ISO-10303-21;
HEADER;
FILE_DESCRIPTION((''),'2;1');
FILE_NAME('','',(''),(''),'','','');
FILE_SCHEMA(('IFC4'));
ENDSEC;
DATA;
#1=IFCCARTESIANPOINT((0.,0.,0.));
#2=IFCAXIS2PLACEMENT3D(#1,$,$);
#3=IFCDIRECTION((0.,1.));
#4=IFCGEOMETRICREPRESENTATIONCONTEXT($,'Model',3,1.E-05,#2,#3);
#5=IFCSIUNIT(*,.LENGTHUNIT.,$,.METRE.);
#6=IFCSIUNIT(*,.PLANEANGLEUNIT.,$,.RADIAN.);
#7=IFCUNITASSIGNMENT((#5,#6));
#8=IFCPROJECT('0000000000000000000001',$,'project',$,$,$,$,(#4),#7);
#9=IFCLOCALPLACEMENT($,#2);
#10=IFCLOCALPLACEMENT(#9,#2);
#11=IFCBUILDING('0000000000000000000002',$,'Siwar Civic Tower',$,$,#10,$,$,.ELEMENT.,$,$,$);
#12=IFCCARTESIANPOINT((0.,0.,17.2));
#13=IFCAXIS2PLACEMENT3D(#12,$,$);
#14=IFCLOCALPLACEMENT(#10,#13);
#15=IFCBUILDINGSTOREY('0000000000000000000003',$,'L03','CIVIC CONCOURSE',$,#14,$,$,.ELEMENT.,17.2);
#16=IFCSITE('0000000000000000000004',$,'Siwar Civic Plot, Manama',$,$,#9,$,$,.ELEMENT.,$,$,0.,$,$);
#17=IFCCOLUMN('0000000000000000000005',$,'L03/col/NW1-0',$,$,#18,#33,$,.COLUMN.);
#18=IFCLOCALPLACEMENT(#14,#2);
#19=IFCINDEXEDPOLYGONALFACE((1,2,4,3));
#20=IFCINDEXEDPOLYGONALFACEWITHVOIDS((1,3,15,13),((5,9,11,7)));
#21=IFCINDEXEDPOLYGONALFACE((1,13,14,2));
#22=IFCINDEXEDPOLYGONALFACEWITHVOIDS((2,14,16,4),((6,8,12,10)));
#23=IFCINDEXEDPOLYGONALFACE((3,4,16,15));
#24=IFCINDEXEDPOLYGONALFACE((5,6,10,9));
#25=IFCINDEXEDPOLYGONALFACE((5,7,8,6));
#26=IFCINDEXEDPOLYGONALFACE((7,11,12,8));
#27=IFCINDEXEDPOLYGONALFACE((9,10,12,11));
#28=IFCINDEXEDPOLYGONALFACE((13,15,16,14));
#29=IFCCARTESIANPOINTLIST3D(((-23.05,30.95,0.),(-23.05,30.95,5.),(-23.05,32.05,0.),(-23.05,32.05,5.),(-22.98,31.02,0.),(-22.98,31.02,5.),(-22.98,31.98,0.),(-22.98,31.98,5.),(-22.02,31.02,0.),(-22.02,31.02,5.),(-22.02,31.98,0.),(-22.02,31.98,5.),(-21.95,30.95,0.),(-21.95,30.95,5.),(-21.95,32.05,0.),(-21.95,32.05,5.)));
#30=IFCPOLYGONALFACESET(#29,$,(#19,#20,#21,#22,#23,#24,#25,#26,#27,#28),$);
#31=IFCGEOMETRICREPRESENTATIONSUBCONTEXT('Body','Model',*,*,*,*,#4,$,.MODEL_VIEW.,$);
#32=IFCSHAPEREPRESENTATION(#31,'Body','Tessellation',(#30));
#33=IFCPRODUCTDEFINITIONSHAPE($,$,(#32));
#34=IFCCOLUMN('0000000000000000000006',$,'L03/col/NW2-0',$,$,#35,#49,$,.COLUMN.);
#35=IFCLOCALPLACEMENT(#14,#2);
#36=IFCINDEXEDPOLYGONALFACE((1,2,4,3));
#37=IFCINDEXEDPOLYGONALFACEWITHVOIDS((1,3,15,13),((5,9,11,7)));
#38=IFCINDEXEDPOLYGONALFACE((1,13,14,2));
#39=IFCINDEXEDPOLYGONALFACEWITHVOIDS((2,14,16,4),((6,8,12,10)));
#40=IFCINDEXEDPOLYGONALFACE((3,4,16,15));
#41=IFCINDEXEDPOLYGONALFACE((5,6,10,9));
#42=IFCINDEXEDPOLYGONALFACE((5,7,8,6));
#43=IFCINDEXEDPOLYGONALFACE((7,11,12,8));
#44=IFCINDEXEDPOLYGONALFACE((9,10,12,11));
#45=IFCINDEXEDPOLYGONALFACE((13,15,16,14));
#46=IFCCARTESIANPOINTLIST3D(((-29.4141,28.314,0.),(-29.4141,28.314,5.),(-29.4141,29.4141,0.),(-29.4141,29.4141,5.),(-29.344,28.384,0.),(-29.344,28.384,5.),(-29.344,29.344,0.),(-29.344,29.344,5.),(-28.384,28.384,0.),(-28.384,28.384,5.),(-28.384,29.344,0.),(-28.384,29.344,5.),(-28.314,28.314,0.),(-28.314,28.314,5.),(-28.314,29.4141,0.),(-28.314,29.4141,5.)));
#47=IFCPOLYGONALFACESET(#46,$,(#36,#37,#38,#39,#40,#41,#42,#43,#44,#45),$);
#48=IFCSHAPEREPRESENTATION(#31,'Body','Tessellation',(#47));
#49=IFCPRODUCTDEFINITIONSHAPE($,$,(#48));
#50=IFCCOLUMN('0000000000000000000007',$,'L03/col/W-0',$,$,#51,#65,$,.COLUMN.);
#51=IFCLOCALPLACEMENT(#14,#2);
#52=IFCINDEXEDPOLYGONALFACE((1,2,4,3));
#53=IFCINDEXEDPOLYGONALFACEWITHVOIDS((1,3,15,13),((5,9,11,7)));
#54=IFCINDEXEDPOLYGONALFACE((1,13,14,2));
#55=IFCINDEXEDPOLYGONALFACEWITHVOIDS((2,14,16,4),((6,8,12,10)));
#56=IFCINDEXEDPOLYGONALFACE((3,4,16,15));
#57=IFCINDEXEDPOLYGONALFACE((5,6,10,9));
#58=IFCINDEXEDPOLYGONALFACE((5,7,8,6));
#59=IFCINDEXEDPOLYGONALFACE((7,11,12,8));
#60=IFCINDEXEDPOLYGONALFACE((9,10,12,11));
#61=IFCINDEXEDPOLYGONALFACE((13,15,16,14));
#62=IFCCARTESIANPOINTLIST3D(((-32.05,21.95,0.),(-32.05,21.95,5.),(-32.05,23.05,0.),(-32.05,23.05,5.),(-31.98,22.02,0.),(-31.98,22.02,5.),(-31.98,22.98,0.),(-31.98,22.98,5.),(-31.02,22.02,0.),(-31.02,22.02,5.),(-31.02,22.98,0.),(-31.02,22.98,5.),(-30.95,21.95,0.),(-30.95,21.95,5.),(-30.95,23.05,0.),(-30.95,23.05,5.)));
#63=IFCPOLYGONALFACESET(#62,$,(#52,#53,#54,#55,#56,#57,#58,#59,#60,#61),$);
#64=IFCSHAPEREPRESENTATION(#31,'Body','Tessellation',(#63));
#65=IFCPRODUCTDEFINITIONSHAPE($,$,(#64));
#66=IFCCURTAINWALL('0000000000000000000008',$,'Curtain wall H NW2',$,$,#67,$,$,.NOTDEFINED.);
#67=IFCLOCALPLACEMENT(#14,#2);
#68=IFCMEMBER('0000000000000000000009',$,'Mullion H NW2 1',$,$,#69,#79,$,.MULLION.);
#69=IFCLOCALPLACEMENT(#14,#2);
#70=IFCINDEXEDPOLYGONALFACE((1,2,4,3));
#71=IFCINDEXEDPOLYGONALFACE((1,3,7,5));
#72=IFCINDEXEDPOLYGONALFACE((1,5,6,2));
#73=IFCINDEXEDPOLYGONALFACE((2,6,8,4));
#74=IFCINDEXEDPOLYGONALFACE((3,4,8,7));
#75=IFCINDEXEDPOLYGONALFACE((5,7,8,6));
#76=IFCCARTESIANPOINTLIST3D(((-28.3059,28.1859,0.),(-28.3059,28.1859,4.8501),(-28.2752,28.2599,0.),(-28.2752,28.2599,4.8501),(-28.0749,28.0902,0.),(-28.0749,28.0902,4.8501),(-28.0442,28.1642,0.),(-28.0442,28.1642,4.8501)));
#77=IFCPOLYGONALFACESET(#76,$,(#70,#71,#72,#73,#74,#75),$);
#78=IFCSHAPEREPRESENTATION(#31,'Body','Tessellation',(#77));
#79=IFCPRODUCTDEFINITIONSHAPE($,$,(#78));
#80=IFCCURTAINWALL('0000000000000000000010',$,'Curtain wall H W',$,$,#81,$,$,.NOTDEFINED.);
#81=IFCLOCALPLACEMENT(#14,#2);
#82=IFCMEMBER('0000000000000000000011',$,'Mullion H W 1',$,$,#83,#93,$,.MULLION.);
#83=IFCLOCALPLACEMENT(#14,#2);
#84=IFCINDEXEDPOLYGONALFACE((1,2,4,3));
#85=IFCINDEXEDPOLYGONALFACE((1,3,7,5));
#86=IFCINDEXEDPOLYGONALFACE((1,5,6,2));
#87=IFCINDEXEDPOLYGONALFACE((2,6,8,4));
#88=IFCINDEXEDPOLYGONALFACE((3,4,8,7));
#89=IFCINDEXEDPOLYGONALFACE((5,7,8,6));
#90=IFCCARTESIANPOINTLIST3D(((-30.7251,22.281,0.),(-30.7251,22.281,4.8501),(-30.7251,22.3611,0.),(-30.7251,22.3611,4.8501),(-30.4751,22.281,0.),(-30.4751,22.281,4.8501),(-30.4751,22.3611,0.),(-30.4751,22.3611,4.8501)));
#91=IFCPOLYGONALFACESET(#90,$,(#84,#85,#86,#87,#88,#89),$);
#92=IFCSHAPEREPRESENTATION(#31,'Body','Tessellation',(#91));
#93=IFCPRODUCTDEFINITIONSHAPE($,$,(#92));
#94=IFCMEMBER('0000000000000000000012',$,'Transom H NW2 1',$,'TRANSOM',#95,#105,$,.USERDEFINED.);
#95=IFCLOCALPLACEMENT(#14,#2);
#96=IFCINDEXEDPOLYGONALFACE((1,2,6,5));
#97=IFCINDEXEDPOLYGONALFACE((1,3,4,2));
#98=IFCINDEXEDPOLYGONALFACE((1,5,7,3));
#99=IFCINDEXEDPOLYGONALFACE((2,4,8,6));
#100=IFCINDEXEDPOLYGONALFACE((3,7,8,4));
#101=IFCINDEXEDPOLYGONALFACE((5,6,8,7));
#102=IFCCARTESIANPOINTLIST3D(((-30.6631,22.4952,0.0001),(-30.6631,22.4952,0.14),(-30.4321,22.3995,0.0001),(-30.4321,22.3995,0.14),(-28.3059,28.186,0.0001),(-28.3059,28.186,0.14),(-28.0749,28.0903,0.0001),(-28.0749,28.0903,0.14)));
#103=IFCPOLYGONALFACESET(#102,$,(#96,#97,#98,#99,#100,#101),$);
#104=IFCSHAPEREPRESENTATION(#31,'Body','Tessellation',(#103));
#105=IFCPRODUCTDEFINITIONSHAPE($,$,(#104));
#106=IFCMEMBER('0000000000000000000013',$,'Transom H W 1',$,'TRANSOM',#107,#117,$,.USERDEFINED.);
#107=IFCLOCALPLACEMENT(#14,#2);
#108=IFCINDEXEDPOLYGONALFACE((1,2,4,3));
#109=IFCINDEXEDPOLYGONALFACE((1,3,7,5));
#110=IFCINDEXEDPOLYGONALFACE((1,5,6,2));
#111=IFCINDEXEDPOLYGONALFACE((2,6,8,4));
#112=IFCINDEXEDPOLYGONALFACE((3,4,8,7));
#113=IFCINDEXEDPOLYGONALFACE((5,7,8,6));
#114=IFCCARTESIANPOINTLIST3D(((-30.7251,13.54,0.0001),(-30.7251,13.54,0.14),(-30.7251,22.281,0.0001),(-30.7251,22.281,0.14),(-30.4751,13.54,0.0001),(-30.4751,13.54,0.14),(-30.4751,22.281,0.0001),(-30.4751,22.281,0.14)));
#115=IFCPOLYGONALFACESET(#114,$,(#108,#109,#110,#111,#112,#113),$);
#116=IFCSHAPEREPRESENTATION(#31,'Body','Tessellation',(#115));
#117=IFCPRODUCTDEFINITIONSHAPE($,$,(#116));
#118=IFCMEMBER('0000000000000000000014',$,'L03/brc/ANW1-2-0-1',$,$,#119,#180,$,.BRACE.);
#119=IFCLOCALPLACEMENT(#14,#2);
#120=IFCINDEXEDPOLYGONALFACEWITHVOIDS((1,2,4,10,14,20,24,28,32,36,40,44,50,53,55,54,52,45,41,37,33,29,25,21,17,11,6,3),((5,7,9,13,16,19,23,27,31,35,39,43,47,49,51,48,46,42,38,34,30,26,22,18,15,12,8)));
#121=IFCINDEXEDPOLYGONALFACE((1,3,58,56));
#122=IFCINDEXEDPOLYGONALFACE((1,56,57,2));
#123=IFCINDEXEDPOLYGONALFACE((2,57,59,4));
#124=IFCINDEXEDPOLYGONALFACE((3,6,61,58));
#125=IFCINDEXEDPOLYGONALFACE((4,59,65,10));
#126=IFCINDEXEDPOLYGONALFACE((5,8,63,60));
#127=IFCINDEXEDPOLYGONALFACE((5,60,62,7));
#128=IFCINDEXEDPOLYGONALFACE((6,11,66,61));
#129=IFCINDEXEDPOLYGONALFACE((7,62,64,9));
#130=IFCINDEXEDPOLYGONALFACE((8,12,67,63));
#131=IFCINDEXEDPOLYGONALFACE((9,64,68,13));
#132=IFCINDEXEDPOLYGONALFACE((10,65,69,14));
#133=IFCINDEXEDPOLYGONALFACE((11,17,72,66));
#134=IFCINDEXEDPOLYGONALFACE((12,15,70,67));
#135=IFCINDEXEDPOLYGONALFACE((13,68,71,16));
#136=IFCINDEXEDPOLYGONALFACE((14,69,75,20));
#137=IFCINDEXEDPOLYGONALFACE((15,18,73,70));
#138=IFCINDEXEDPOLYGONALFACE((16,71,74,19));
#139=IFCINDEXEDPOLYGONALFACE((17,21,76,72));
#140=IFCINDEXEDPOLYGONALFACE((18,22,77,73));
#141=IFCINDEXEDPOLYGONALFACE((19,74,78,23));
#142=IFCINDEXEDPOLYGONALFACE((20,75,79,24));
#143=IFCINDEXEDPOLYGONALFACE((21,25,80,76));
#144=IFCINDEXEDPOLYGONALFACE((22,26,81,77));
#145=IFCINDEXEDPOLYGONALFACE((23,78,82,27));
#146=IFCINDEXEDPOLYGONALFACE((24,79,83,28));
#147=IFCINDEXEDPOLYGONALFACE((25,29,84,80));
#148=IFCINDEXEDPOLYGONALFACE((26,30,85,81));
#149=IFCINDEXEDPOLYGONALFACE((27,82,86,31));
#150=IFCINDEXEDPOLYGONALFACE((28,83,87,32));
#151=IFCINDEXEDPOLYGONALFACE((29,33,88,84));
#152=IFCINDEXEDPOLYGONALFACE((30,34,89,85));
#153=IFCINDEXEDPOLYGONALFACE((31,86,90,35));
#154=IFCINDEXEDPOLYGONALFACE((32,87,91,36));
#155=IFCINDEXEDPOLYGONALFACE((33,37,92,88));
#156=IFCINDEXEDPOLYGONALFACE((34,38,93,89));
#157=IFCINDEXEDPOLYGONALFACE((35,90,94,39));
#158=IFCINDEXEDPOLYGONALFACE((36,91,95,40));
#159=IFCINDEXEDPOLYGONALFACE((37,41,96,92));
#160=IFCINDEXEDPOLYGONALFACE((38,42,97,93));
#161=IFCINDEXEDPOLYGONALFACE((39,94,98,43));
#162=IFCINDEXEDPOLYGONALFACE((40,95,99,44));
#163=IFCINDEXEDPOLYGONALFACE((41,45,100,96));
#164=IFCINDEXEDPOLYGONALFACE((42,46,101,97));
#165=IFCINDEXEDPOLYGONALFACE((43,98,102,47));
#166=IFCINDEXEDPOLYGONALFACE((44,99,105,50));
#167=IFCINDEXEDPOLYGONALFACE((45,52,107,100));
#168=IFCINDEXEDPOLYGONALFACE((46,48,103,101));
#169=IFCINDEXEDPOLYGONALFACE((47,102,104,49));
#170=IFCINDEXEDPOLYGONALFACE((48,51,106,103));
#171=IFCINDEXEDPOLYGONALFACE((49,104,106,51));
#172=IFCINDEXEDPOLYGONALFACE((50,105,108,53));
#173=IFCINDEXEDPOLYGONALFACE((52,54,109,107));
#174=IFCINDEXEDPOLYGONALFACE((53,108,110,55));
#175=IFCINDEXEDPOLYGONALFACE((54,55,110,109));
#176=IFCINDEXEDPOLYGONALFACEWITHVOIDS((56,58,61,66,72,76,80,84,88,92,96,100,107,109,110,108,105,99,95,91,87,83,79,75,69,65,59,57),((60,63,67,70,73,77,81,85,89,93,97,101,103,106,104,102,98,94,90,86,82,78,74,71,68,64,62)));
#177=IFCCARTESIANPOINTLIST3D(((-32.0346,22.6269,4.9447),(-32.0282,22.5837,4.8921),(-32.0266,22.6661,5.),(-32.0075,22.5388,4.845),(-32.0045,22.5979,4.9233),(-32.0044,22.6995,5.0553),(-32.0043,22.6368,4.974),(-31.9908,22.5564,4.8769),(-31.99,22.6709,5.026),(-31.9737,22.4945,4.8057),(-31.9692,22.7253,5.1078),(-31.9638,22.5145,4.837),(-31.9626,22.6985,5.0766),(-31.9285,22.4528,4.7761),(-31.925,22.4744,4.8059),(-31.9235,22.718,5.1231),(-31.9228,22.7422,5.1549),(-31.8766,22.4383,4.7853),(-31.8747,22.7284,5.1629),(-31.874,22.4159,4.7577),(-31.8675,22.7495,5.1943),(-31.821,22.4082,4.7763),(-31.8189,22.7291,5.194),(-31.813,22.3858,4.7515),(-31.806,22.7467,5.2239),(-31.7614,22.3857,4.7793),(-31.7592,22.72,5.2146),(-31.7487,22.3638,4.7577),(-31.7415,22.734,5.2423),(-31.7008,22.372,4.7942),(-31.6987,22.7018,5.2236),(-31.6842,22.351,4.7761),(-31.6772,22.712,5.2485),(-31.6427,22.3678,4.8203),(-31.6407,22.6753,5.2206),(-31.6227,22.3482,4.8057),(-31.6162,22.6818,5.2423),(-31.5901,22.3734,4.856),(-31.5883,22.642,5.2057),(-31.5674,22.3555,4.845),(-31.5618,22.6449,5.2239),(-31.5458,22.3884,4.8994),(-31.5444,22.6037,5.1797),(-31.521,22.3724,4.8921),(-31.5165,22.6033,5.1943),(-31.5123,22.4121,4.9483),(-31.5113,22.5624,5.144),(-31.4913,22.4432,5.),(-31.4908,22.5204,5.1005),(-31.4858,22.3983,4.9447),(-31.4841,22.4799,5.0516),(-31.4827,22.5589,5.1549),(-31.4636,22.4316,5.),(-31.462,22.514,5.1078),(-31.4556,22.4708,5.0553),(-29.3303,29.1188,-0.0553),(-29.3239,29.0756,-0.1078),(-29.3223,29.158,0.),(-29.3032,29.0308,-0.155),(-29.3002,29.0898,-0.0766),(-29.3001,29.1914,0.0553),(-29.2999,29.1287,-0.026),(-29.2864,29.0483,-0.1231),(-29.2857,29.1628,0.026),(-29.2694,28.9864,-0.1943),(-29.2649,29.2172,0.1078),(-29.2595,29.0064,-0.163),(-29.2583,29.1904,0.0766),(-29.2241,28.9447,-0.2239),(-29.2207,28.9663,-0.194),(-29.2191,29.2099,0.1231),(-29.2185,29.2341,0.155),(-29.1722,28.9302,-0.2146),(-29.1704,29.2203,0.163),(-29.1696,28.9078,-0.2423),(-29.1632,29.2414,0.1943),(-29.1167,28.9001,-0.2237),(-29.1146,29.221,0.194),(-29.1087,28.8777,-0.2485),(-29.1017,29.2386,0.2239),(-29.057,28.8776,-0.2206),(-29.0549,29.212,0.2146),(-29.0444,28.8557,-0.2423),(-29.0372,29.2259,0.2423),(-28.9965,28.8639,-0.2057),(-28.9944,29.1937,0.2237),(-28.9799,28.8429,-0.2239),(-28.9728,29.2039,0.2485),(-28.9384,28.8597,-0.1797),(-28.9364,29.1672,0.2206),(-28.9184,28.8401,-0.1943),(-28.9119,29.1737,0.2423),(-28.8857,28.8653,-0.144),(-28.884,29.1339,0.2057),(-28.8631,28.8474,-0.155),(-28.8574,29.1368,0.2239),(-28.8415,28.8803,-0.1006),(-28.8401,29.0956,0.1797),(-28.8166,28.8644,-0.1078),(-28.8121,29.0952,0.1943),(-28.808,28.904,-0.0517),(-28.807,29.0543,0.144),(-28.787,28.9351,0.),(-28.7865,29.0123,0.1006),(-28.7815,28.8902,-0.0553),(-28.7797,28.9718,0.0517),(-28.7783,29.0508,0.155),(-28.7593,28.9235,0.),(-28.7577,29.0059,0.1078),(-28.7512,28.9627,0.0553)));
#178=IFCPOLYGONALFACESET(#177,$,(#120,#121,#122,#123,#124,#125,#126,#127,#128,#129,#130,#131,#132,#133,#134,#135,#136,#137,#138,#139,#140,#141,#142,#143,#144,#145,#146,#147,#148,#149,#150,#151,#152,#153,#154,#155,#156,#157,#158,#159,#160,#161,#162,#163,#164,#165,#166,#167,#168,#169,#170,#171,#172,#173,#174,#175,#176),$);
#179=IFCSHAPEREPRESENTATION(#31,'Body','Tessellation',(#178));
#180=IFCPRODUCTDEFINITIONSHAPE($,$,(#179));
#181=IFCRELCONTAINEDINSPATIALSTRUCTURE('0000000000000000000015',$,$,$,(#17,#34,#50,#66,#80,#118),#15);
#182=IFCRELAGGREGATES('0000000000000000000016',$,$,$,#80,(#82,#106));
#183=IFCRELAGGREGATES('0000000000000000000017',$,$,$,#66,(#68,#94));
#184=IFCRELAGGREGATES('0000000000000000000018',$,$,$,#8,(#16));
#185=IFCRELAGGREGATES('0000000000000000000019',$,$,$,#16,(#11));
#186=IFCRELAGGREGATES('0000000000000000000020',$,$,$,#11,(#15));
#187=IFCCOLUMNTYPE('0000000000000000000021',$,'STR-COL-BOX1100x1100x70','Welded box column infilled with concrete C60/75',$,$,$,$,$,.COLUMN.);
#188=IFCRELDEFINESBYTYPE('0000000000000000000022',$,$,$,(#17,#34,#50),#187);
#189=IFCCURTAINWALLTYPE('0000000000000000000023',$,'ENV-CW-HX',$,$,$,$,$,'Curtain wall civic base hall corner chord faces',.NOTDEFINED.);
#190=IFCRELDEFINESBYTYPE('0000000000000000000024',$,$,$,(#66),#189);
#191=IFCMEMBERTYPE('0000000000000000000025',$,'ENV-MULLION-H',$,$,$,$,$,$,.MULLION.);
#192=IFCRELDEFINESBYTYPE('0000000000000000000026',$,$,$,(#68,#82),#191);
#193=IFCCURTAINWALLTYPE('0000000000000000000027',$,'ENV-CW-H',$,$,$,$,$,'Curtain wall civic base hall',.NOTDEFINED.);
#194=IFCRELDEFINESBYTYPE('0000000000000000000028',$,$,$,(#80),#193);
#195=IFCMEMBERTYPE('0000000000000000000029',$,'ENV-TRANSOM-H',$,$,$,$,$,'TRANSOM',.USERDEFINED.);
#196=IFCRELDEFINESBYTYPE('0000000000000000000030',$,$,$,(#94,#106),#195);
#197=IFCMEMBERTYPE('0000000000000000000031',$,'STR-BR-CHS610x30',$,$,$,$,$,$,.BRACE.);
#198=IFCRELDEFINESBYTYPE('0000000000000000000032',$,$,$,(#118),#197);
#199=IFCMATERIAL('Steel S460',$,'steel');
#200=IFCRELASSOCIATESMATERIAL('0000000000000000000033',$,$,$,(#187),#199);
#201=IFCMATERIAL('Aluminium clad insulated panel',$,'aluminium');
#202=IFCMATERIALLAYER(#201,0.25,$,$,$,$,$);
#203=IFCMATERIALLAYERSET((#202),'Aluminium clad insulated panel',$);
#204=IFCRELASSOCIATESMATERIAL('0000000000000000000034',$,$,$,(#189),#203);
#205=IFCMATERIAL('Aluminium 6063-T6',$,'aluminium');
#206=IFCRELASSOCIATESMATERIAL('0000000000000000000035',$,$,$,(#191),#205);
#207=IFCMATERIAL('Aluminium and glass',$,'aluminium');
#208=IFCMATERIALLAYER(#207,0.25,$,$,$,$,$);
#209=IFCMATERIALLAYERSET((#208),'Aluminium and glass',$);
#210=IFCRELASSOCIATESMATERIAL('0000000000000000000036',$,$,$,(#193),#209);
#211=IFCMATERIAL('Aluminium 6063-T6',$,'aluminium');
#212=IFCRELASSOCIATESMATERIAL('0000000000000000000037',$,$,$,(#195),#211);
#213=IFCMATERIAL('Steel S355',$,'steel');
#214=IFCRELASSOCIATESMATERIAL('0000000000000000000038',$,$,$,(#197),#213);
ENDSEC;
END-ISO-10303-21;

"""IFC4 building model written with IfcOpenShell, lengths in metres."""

from ifc_helpers import new_model, si_unit, direction, frame, origin, origin_2d, place, context, subcontext, project, spatial, rectangle, hollow_rectangle, hollow_circle, extrude, material, layer, layer_set, material_profile, profile_set, type_object, element, aggregate, save


model = new_model("IFC4")

# Units and contexts
model_context = context("Model", 3, precision=1e-05, world=origin(), true_north=direction((0.0, 1.0)))
body_context = subcontext(model_context, "Body", "Model", "MODEL_VIEW")
ifc_project = project(units=[si_unit("LENGTHUNIT", "METRE"), si_unit("PLANEANGLEUNIT", "RADIAN")], contexts=[model_context])

# Site, building, storey
site_placement = place(None, origin())
site = spatial("IfcSite", under=ifc_project, at=site_placement, Name="Siwar Civic Plot, Manama", CompositionType="ELEMENT", RefElevation=0.0)
building_placement = place(site_placement, origin())
building = spatial("IfcBuilding", under=site, at=building_placement, Name="Siwar Civic Tower", CompositionType="ELEMENT")
storey_placement = place(building_placement, frame((0.0, 0.0, 17.2)))
storey = spatial("IfcBuildingStorey", under=building, at=storey_placement, Name="L03", Description="CIVIC CONCOURSE", CompositionType="ELEMENT", Elevation=17.2)

# Columns
ifc_material_1 = material(Name="Steel S460", Category="steel")
ifc_material_profile_1 = material_profile(ifc_material_1, hollow_rectangle(XDim=1.1001, YDim=1.1001, WallThickness=0.0701, at=origin_2d()), Name="BOX1100x1100x70")
ifc_profile_set_1 = profile_set([ifc_material_profile_1], Name="Steel S460")
column_type = type_object("IfcColumnType", Name="STR-COL-BOX1100x1100x70", Description="Welded box column infilled with concrete C60/75", PredefinedType="COLUMN", material=ifc_profile_set_1)
for number, where, z_axis, x_axis, name in (
    (1, (-22.5, 31.5, 0.0), (0.0, 0.0, 1.0), (1.0, 0.0, 0.0), "L03/col/NW1-0"),
    (2, (-28.864, 28.864, 0.0), (0.0, 0.0, 1.0), (1.0, 0.0, 0.0), "L03/col/NW2-0"),
    (3, (-31.5, 22.5, 0.0), (0.0, 0.0, 1.0), (1.0, 0.0, 0.0), "L03/col/W-0"),
):
    element("IfcColumn", number, at=place(storey_placement, frame(where, z_axis=z_axis, x_axis=x_axis)), inside=storey, type_object=column_type, Name=name, PredefinedType="COLUMN", context=body_context, shape_type="SweptSolid", body=[
        extrude(hollow_rectangle(XDim=1.1001, YDim=1.1001, WallThickness=0.0701, at=origin_2d()), origin(), (0.0, 0.0, 1.0), 5.0),
    ])

# Curtain walls, members
ifc_material_2 = material(Name="Aluminium clad insulated panel", Category="aluminium")
ifc_layer_1 = layer(ifc_material_2, 0.25)
ifc_layer_set_1 = layer_set([ifc_layer_1], Name="Aluminium clad insulated panel")
curtain_wall_type_1 = type_object("IfcCurtainWallType", Name="ENV-CW-HX", ElementType="Curtain wall civic base hall corner chord faces", PredefinedType="NOTDEFINED", material=ifc_layer_set_1)
curtain_wall_1_placement = place(storey_placement, origin())
curtain_wall_1 = element("IfcCurtainWall", 4, at=curtain_wall_1_placement, inside=storey, type_object=curtain_wall_type_1, Name="Curtain wall H NW2", PredefinedType="NOTDEFINED")
ifc_material_3 = material(Name="Aluminium 6063-T6", Category="aluminium")
ifc_material_profile_2 = material_profile(ifc_material_3, rectangle(XDim=0.25, YDim=0.0801, at=origin_2d()), Name="AL 250x80")
ifc_profile_set_2 = profile_set([ifc_material_profile_2], Name="Aluminium 6063-T6")
member_type_1 = type_object("IfcMemberType", Name="ENV-MULLION-H", PredefinedType="MULLION", material=ifc_profile_set_2)
member_1_placement = place(storey_placement, frame((-28.175, 28.175, 0.0), z_axis=(0.0, 0.0, 1.0), x_axis=(0.92388, -0.382683, 0.0)))
member_1 = element("IfcMember", 5, at=member_1_placement, type_object=member_type_1, Name="Mullion H NW2 1", PredefinedType="MULLION", context=body_context, shape_type="SweptSolid", body=[
    extrude(rectangle(XDim=0.25, YDim=0.0801, at=origin_2d()), origin(), (0.0, 0.0, 1.0), 4.8501),
])
ifc_material_4 = material(Name="Aluminium and glass", Category="aluminium")
ifc_layer_2 = layer(ifc_material_4, 0.25)
ifc_layer_set_2 = layer_set([ifc_layer_2], Name="Aluminium and glass")
curtain_wall_type_2 = type_object("IfcCurtainWallType", Name="ENV-CW-H", ElementType="Curtain wall civic base hall", PredefinedType="NOTDEFINED", material=ifc_layer_set_2)
curtain_wall_2_placement = place(storey_placement, origin())
curtain_wall_2 = element("IfcCurtainWall", 6, at=curtain_wall_2_placement, inside=storey, type_object=curtain_wall_type_2, Name="Curtain wall H W", PredefinedType="NOTDEFINED")
member_2_placement = place(storey_placement, frame((-30.6001, 22.321, 0.0), z_axis=(0.0, 0.0, 1.0), x_axis=(1.0, 0.0, 0.0)))
member_2 = element("IfcMember", 7, at=member_2_placement, type_object=member_type_1, Name="Mullion H W 1", PredefinedType="MULLION", context=body_context, shape_type="SweptSolid", body=[
    extrude(rectangle(XDim=0.25, YDim=0.0801, at=origin_2d()), origin(), (0.0, 0.0, 1.0), 4.8501),
])

# Members
ifc_material_5 = material(Name="Aluminium 6063-T6", Category="aluminium")
ifc_material_profile_3 = material_profile(ifc_material_5, rectangle(XDim=0.25, YDim=0.1399, at=origin_2d()), Name="AL 250x140")
ifc_profile_set_3 = profile_set([ifc_material_profile_3], Name="Aluminium 6063-T6")
member_type_2 = type_object("IfcMemberType", Name="ENV-TRANSOM-H", ElementType="TRANSOM", PredefinedType="USERDEFINED", material=ifc_profile_set_3)
member_3_placement = place(storey_placement, frame((-28.1904, 28.1382, 0.0701), z_axis=(-0.382673, -0.923884, 0.0), x_axis=(0.923884, -0.382673, 0.0)))
member_3 = element("IfcMember", 8, at=member_3_placement, type_object=member_type_2, Name="Transom H NW2 1", ObjectType="TRANSOM", PredefinedType="USERDEFINED", context=body_context, shape_type="SweptSolid", body=[
    extrude(rectangle(XDim=0.25, YDim=0.1399, at=origin_2d()), origin(), (0.0, 0.0, 1.0), 6.1597),
])
member_4_placement = place(storey_placement, frame((-30.6001, 22.281, 0.0701), z_axis=(0.0, -1.0, 0.0), x_axis=(1.0, 0.0, 0.0)))
member_4 = element("IfcMember", 9, at=member_4_placement, type_object=member_type_2, Name="Transom H W 1", ObjectType="TRANSOM", PredefinedType="USERDEFINED", context=body_context, shape_type="SweptSolid", body=[
    extrude(rectangle(XDim=0.25, YDim=0.1399, at=origin_2d()), origin(), (0.0, 0.0, 1.0), 8.741),
])
aggregate(curtain_wall_2, [member_2, member_4])

# Member
ifc_material_6 = material(Name="Steel S355", Category="steel")
ifc_material_profile_4 = material_profile(ifc_material_6, hollow_circle(Radius=0.3049, WallThickness=0.03, at=origin_2d()), Name="CHS610x30")
ifc_profile_set_4 = profile_set([ifc_material_profile_4], Name="Steel S355")
member_type_3 = type_object("IfcMemberType", Name="STR-BR-CHS610x30", PredefinedType="BRACE", material=ifc_profile_set_4)
member_5_placement = place(storey_placement, frame((-29.0408, 29.0408, 0.0), z_axis=(-0.313404, -0.752344, 0.579445), x_axis=(0.923109, -0.384539, 0.0)))
element("IfcMember", 10, at=member_5_placement, inside=storey, type_object=member_type_3, Name="L03/brc/ANW1-2-0-1", PredefinedType="BRACE", context=body_context, shape_type="SweptSolid", body=[
    extrude(hollow_circle(Radius=0.3049, WallThickness=0.03, at=origin_2d()), origin(), (0.0, 0.0, 1.0), 8.6289),
])

aggregate(curtain_wall_1, [member_1, member_3])

save(model, "model.ifc")
